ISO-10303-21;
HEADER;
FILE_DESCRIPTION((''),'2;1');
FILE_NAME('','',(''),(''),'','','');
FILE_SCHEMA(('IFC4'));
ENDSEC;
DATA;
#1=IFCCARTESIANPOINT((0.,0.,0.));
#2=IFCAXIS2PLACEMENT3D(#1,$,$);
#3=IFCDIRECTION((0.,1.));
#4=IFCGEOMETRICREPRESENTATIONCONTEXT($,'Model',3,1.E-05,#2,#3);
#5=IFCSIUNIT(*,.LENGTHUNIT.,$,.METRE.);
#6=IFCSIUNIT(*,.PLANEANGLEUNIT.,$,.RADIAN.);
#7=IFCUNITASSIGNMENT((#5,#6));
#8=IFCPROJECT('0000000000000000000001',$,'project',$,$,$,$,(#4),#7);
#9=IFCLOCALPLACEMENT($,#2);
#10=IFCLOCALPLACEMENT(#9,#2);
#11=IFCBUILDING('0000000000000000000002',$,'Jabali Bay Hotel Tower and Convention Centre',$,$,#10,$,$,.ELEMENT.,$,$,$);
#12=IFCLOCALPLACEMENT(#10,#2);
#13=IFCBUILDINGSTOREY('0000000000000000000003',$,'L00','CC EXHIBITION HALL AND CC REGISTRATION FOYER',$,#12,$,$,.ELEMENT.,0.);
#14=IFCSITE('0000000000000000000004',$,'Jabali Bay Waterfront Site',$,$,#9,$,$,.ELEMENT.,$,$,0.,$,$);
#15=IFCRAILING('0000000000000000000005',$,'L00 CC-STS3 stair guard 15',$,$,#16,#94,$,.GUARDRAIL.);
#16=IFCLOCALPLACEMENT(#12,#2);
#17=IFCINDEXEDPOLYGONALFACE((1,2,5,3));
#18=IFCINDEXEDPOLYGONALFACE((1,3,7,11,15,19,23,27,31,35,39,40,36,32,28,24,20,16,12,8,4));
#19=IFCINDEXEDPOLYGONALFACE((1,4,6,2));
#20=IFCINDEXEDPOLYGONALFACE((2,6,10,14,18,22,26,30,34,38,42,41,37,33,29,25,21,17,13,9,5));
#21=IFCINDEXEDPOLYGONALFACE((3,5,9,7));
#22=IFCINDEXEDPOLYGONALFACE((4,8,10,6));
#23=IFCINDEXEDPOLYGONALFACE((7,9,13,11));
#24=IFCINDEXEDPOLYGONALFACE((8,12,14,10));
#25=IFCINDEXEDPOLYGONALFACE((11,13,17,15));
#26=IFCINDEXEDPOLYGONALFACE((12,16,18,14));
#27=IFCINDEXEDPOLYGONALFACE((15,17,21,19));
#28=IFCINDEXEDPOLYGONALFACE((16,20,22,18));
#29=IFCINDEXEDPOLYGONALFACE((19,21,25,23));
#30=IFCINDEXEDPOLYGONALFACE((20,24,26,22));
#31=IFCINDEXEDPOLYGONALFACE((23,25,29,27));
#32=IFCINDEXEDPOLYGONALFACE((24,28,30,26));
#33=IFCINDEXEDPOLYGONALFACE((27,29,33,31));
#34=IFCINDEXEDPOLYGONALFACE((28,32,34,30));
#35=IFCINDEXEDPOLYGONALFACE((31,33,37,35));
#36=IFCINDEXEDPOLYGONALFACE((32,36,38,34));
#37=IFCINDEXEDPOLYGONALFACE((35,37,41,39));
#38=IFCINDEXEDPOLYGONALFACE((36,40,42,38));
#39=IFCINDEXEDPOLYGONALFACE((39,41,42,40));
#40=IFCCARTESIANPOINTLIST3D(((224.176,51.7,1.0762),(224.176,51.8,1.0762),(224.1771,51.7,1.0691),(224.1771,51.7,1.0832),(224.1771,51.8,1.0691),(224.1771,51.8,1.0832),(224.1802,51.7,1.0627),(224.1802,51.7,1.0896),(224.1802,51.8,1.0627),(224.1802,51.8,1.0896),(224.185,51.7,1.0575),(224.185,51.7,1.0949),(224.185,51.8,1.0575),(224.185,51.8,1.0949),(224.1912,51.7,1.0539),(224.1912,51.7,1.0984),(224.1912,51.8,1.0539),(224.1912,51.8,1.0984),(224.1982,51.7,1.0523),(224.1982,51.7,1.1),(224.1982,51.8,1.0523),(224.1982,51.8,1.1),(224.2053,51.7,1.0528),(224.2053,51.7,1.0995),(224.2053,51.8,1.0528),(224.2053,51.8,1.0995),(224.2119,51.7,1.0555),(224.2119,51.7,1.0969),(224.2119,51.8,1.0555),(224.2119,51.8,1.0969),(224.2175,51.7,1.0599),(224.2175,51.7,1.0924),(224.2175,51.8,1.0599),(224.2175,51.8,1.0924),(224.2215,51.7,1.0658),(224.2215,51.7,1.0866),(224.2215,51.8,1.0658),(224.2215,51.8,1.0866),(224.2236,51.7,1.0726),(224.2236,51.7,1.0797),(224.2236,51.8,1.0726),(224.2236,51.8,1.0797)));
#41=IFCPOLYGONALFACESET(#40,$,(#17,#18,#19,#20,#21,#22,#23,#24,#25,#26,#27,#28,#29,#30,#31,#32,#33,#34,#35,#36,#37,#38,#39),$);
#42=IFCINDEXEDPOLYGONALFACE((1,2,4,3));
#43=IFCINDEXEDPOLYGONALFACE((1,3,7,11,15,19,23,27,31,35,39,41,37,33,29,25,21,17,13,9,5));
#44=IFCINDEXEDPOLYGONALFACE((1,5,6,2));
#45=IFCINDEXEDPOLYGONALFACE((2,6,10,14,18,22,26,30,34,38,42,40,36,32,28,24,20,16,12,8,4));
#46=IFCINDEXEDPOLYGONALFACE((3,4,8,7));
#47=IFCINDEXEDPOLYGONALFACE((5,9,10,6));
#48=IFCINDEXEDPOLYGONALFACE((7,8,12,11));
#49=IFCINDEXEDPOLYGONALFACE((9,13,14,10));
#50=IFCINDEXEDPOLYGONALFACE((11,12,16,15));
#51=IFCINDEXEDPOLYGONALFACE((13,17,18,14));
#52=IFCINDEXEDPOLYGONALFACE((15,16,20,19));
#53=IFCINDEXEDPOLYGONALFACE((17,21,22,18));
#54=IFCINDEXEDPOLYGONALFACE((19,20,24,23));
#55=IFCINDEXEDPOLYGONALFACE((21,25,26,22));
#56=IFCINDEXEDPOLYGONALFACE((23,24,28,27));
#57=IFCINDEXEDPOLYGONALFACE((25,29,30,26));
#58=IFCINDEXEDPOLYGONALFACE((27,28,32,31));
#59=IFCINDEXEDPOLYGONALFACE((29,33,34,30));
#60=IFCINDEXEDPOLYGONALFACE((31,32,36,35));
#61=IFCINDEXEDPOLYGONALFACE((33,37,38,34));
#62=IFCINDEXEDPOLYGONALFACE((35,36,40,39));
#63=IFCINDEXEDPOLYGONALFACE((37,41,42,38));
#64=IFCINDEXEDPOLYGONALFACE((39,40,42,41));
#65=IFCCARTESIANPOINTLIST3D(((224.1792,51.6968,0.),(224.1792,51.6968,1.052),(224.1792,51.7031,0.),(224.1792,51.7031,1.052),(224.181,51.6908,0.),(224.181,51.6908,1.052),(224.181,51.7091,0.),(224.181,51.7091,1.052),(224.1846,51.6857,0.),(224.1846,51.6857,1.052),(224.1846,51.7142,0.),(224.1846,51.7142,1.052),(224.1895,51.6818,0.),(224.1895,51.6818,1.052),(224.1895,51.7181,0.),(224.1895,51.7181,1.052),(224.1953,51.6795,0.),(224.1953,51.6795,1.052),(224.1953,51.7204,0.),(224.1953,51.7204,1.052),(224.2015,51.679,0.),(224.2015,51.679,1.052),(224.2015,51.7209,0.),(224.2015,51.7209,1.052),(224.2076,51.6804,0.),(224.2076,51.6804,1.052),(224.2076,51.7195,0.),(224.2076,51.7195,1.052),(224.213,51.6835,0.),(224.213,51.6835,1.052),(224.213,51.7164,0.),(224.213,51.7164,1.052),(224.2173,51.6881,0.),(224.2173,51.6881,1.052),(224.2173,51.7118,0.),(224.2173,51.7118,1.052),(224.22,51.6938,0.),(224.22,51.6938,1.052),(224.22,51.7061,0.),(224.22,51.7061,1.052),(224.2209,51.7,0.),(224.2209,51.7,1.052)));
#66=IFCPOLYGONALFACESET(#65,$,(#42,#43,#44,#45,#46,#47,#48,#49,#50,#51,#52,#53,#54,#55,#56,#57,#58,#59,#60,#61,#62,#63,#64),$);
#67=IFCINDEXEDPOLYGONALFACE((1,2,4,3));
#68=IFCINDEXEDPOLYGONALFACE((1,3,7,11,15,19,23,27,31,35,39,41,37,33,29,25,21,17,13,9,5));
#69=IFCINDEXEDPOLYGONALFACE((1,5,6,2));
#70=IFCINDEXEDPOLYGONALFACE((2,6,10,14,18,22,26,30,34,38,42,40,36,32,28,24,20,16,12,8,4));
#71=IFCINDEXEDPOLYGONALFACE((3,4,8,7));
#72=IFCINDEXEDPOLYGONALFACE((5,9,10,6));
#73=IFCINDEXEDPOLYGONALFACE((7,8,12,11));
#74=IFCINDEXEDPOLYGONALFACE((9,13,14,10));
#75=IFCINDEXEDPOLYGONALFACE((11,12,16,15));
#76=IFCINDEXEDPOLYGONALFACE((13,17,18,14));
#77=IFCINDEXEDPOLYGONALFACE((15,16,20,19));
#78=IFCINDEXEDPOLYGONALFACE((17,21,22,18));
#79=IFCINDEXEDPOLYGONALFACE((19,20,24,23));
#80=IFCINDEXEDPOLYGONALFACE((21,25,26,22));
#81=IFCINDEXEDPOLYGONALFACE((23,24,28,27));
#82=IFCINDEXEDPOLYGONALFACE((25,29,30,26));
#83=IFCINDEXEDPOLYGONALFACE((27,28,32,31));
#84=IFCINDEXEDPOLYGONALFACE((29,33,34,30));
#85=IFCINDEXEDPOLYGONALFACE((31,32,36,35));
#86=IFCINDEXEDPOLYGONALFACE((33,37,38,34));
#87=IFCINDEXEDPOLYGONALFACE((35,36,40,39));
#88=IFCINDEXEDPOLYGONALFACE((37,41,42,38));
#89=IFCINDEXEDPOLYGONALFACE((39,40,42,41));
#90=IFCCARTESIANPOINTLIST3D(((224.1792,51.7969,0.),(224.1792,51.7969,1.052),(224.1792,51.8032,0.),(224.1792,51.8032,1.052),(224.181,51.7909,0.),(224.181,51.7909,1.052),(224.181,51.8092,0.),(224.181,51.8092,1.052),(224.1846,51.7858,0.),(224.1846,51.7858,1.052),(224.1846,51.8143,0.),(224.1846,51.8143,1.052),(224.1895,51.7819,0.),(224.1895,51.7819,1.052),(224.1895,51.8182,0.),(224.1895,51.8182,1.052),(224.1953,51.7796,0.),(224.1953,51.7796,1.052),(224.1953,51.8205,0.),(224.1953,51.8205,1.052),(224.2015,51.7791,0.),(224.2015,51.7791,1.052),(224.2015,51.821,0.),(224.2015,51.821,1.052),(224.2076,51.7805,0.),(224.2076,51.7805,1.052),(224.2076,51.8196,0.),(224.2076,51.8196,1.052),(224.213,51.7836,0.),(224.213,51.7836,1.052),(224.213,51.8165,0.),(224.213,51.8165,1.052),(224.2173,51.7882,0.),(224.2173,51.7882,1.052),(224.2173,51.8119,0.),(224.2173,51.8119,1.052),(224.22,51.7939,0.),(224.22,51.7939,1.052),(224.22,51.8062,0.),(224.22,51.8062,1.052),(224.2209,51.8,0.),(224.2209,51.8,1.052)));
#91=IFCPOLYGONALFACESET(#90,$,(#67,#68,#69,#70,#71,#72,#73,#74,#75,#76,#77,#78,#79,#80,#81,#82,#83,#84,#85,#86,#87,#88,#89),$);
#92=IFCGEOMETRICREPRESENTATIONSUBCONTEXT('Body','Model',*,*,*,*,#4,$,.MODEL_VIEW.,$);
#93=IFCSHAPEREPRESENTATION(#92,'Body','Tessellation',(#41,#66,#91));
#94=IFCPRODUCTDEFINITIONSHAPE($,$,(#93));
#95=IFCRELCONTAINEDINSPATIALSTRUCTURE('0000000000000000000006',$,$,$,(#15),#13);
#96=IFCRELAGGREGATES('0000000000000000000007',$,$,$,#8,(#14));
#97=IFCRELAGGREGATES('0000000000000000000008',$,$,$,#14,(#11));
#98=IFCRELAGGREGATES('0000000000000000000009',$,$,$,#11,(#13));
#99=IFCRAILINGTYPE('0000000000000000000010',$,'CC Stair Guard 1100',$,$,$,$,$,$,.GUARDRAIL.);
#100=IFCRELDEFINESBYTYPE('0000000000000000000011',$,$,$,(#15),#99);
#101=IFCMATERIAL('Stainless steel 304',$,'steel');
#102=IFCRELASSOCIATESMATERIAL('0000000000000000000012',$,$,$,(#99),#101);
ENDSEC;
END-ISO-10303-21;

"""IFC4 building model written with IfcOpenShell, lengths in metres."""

from ifc_helpers import new_model, si_unit, direction, frame, origin, origin_2d, place, context, subcontext, project, spatial, circle, extrude, material, type_object, element, save


model = new_model("IFC4")

# Units and contexts
model_context = context("Model", 3, precision=1e-05, world=origin(), true_north=direction((0.0, 1.0)))
body_context = subcontext(model_context, "Body", "Model", "MODEL_VIEW")
ifc_project = project(units=[si_unit("LENGTHUNIT", "METRE"), si_unit("PLANEANGLEUNIT", "RADIAN")], contexts=[model_context])

# Site, building, storey
site_placement = place(None, origin())
site = spatial("IfcSite", under=ifc_project, at=site_placement, Name="Jabali Bay Waterfront Site", CompositionType="ELEMENT", RefElevation=0.0)
building_placement = place(site_placement, origin())
building = spatial("IfcBuilding", under=site, at=building_placement, Name="Jabali Bay Hotel Tower and Convention Centre", CompositionType="ELEMENT")
storey_placement = place(building_placement, origin())
storey = spatial("IfcBuildingStorey", under=building, at=storey_placement, Name="L00", Description="CC EXHIBITION HALL AND CC REGISTRATION FOYER", CompositionType="ELEMENT", Elevation=0.0)

# Railing
ifc_material_1 = material(Name="Stainless steel 304", Category="steel")
railing_type_1 = type_object("IfcRailingType", Name="CC Stair Guard 1100", PredefinedType="GUARDRAIL", material=ifc_material_1)
railing_1_placement = place(storey_placement, frame((224.2, 51.7, 0.0)))
element("IfcRailing", 1, at=railing_1_placement, inside=storey, type_object=railing_type_1, Name="L00 CC-STS3 stair guard 15", PredefinedType="GUARDRAIL", context=body_context, shape_type="SweptSolid", body=[
    extrude(circle(Radius=0.0239, at=origin_2d()), frame((0.0, 0.0, 1.0762), z_axis=(0.0, 1.0, 0.0), x_axis=(-1.0, 0.0, 0.0)), (0.0, 0.0, 1.0), 0.1001),
    extrude(circle(Radius=0.021, at=origin_2d()), origin(), (0.0, 0.0, 1.0), 1.052),
    extrude(circle(Radius=0.021, at=origin_2d()), frame((0.0, 0.1001, 0.0)), (0.0, 0.0, 1.0), 1.052),
])

save(model, "model.ifc")
